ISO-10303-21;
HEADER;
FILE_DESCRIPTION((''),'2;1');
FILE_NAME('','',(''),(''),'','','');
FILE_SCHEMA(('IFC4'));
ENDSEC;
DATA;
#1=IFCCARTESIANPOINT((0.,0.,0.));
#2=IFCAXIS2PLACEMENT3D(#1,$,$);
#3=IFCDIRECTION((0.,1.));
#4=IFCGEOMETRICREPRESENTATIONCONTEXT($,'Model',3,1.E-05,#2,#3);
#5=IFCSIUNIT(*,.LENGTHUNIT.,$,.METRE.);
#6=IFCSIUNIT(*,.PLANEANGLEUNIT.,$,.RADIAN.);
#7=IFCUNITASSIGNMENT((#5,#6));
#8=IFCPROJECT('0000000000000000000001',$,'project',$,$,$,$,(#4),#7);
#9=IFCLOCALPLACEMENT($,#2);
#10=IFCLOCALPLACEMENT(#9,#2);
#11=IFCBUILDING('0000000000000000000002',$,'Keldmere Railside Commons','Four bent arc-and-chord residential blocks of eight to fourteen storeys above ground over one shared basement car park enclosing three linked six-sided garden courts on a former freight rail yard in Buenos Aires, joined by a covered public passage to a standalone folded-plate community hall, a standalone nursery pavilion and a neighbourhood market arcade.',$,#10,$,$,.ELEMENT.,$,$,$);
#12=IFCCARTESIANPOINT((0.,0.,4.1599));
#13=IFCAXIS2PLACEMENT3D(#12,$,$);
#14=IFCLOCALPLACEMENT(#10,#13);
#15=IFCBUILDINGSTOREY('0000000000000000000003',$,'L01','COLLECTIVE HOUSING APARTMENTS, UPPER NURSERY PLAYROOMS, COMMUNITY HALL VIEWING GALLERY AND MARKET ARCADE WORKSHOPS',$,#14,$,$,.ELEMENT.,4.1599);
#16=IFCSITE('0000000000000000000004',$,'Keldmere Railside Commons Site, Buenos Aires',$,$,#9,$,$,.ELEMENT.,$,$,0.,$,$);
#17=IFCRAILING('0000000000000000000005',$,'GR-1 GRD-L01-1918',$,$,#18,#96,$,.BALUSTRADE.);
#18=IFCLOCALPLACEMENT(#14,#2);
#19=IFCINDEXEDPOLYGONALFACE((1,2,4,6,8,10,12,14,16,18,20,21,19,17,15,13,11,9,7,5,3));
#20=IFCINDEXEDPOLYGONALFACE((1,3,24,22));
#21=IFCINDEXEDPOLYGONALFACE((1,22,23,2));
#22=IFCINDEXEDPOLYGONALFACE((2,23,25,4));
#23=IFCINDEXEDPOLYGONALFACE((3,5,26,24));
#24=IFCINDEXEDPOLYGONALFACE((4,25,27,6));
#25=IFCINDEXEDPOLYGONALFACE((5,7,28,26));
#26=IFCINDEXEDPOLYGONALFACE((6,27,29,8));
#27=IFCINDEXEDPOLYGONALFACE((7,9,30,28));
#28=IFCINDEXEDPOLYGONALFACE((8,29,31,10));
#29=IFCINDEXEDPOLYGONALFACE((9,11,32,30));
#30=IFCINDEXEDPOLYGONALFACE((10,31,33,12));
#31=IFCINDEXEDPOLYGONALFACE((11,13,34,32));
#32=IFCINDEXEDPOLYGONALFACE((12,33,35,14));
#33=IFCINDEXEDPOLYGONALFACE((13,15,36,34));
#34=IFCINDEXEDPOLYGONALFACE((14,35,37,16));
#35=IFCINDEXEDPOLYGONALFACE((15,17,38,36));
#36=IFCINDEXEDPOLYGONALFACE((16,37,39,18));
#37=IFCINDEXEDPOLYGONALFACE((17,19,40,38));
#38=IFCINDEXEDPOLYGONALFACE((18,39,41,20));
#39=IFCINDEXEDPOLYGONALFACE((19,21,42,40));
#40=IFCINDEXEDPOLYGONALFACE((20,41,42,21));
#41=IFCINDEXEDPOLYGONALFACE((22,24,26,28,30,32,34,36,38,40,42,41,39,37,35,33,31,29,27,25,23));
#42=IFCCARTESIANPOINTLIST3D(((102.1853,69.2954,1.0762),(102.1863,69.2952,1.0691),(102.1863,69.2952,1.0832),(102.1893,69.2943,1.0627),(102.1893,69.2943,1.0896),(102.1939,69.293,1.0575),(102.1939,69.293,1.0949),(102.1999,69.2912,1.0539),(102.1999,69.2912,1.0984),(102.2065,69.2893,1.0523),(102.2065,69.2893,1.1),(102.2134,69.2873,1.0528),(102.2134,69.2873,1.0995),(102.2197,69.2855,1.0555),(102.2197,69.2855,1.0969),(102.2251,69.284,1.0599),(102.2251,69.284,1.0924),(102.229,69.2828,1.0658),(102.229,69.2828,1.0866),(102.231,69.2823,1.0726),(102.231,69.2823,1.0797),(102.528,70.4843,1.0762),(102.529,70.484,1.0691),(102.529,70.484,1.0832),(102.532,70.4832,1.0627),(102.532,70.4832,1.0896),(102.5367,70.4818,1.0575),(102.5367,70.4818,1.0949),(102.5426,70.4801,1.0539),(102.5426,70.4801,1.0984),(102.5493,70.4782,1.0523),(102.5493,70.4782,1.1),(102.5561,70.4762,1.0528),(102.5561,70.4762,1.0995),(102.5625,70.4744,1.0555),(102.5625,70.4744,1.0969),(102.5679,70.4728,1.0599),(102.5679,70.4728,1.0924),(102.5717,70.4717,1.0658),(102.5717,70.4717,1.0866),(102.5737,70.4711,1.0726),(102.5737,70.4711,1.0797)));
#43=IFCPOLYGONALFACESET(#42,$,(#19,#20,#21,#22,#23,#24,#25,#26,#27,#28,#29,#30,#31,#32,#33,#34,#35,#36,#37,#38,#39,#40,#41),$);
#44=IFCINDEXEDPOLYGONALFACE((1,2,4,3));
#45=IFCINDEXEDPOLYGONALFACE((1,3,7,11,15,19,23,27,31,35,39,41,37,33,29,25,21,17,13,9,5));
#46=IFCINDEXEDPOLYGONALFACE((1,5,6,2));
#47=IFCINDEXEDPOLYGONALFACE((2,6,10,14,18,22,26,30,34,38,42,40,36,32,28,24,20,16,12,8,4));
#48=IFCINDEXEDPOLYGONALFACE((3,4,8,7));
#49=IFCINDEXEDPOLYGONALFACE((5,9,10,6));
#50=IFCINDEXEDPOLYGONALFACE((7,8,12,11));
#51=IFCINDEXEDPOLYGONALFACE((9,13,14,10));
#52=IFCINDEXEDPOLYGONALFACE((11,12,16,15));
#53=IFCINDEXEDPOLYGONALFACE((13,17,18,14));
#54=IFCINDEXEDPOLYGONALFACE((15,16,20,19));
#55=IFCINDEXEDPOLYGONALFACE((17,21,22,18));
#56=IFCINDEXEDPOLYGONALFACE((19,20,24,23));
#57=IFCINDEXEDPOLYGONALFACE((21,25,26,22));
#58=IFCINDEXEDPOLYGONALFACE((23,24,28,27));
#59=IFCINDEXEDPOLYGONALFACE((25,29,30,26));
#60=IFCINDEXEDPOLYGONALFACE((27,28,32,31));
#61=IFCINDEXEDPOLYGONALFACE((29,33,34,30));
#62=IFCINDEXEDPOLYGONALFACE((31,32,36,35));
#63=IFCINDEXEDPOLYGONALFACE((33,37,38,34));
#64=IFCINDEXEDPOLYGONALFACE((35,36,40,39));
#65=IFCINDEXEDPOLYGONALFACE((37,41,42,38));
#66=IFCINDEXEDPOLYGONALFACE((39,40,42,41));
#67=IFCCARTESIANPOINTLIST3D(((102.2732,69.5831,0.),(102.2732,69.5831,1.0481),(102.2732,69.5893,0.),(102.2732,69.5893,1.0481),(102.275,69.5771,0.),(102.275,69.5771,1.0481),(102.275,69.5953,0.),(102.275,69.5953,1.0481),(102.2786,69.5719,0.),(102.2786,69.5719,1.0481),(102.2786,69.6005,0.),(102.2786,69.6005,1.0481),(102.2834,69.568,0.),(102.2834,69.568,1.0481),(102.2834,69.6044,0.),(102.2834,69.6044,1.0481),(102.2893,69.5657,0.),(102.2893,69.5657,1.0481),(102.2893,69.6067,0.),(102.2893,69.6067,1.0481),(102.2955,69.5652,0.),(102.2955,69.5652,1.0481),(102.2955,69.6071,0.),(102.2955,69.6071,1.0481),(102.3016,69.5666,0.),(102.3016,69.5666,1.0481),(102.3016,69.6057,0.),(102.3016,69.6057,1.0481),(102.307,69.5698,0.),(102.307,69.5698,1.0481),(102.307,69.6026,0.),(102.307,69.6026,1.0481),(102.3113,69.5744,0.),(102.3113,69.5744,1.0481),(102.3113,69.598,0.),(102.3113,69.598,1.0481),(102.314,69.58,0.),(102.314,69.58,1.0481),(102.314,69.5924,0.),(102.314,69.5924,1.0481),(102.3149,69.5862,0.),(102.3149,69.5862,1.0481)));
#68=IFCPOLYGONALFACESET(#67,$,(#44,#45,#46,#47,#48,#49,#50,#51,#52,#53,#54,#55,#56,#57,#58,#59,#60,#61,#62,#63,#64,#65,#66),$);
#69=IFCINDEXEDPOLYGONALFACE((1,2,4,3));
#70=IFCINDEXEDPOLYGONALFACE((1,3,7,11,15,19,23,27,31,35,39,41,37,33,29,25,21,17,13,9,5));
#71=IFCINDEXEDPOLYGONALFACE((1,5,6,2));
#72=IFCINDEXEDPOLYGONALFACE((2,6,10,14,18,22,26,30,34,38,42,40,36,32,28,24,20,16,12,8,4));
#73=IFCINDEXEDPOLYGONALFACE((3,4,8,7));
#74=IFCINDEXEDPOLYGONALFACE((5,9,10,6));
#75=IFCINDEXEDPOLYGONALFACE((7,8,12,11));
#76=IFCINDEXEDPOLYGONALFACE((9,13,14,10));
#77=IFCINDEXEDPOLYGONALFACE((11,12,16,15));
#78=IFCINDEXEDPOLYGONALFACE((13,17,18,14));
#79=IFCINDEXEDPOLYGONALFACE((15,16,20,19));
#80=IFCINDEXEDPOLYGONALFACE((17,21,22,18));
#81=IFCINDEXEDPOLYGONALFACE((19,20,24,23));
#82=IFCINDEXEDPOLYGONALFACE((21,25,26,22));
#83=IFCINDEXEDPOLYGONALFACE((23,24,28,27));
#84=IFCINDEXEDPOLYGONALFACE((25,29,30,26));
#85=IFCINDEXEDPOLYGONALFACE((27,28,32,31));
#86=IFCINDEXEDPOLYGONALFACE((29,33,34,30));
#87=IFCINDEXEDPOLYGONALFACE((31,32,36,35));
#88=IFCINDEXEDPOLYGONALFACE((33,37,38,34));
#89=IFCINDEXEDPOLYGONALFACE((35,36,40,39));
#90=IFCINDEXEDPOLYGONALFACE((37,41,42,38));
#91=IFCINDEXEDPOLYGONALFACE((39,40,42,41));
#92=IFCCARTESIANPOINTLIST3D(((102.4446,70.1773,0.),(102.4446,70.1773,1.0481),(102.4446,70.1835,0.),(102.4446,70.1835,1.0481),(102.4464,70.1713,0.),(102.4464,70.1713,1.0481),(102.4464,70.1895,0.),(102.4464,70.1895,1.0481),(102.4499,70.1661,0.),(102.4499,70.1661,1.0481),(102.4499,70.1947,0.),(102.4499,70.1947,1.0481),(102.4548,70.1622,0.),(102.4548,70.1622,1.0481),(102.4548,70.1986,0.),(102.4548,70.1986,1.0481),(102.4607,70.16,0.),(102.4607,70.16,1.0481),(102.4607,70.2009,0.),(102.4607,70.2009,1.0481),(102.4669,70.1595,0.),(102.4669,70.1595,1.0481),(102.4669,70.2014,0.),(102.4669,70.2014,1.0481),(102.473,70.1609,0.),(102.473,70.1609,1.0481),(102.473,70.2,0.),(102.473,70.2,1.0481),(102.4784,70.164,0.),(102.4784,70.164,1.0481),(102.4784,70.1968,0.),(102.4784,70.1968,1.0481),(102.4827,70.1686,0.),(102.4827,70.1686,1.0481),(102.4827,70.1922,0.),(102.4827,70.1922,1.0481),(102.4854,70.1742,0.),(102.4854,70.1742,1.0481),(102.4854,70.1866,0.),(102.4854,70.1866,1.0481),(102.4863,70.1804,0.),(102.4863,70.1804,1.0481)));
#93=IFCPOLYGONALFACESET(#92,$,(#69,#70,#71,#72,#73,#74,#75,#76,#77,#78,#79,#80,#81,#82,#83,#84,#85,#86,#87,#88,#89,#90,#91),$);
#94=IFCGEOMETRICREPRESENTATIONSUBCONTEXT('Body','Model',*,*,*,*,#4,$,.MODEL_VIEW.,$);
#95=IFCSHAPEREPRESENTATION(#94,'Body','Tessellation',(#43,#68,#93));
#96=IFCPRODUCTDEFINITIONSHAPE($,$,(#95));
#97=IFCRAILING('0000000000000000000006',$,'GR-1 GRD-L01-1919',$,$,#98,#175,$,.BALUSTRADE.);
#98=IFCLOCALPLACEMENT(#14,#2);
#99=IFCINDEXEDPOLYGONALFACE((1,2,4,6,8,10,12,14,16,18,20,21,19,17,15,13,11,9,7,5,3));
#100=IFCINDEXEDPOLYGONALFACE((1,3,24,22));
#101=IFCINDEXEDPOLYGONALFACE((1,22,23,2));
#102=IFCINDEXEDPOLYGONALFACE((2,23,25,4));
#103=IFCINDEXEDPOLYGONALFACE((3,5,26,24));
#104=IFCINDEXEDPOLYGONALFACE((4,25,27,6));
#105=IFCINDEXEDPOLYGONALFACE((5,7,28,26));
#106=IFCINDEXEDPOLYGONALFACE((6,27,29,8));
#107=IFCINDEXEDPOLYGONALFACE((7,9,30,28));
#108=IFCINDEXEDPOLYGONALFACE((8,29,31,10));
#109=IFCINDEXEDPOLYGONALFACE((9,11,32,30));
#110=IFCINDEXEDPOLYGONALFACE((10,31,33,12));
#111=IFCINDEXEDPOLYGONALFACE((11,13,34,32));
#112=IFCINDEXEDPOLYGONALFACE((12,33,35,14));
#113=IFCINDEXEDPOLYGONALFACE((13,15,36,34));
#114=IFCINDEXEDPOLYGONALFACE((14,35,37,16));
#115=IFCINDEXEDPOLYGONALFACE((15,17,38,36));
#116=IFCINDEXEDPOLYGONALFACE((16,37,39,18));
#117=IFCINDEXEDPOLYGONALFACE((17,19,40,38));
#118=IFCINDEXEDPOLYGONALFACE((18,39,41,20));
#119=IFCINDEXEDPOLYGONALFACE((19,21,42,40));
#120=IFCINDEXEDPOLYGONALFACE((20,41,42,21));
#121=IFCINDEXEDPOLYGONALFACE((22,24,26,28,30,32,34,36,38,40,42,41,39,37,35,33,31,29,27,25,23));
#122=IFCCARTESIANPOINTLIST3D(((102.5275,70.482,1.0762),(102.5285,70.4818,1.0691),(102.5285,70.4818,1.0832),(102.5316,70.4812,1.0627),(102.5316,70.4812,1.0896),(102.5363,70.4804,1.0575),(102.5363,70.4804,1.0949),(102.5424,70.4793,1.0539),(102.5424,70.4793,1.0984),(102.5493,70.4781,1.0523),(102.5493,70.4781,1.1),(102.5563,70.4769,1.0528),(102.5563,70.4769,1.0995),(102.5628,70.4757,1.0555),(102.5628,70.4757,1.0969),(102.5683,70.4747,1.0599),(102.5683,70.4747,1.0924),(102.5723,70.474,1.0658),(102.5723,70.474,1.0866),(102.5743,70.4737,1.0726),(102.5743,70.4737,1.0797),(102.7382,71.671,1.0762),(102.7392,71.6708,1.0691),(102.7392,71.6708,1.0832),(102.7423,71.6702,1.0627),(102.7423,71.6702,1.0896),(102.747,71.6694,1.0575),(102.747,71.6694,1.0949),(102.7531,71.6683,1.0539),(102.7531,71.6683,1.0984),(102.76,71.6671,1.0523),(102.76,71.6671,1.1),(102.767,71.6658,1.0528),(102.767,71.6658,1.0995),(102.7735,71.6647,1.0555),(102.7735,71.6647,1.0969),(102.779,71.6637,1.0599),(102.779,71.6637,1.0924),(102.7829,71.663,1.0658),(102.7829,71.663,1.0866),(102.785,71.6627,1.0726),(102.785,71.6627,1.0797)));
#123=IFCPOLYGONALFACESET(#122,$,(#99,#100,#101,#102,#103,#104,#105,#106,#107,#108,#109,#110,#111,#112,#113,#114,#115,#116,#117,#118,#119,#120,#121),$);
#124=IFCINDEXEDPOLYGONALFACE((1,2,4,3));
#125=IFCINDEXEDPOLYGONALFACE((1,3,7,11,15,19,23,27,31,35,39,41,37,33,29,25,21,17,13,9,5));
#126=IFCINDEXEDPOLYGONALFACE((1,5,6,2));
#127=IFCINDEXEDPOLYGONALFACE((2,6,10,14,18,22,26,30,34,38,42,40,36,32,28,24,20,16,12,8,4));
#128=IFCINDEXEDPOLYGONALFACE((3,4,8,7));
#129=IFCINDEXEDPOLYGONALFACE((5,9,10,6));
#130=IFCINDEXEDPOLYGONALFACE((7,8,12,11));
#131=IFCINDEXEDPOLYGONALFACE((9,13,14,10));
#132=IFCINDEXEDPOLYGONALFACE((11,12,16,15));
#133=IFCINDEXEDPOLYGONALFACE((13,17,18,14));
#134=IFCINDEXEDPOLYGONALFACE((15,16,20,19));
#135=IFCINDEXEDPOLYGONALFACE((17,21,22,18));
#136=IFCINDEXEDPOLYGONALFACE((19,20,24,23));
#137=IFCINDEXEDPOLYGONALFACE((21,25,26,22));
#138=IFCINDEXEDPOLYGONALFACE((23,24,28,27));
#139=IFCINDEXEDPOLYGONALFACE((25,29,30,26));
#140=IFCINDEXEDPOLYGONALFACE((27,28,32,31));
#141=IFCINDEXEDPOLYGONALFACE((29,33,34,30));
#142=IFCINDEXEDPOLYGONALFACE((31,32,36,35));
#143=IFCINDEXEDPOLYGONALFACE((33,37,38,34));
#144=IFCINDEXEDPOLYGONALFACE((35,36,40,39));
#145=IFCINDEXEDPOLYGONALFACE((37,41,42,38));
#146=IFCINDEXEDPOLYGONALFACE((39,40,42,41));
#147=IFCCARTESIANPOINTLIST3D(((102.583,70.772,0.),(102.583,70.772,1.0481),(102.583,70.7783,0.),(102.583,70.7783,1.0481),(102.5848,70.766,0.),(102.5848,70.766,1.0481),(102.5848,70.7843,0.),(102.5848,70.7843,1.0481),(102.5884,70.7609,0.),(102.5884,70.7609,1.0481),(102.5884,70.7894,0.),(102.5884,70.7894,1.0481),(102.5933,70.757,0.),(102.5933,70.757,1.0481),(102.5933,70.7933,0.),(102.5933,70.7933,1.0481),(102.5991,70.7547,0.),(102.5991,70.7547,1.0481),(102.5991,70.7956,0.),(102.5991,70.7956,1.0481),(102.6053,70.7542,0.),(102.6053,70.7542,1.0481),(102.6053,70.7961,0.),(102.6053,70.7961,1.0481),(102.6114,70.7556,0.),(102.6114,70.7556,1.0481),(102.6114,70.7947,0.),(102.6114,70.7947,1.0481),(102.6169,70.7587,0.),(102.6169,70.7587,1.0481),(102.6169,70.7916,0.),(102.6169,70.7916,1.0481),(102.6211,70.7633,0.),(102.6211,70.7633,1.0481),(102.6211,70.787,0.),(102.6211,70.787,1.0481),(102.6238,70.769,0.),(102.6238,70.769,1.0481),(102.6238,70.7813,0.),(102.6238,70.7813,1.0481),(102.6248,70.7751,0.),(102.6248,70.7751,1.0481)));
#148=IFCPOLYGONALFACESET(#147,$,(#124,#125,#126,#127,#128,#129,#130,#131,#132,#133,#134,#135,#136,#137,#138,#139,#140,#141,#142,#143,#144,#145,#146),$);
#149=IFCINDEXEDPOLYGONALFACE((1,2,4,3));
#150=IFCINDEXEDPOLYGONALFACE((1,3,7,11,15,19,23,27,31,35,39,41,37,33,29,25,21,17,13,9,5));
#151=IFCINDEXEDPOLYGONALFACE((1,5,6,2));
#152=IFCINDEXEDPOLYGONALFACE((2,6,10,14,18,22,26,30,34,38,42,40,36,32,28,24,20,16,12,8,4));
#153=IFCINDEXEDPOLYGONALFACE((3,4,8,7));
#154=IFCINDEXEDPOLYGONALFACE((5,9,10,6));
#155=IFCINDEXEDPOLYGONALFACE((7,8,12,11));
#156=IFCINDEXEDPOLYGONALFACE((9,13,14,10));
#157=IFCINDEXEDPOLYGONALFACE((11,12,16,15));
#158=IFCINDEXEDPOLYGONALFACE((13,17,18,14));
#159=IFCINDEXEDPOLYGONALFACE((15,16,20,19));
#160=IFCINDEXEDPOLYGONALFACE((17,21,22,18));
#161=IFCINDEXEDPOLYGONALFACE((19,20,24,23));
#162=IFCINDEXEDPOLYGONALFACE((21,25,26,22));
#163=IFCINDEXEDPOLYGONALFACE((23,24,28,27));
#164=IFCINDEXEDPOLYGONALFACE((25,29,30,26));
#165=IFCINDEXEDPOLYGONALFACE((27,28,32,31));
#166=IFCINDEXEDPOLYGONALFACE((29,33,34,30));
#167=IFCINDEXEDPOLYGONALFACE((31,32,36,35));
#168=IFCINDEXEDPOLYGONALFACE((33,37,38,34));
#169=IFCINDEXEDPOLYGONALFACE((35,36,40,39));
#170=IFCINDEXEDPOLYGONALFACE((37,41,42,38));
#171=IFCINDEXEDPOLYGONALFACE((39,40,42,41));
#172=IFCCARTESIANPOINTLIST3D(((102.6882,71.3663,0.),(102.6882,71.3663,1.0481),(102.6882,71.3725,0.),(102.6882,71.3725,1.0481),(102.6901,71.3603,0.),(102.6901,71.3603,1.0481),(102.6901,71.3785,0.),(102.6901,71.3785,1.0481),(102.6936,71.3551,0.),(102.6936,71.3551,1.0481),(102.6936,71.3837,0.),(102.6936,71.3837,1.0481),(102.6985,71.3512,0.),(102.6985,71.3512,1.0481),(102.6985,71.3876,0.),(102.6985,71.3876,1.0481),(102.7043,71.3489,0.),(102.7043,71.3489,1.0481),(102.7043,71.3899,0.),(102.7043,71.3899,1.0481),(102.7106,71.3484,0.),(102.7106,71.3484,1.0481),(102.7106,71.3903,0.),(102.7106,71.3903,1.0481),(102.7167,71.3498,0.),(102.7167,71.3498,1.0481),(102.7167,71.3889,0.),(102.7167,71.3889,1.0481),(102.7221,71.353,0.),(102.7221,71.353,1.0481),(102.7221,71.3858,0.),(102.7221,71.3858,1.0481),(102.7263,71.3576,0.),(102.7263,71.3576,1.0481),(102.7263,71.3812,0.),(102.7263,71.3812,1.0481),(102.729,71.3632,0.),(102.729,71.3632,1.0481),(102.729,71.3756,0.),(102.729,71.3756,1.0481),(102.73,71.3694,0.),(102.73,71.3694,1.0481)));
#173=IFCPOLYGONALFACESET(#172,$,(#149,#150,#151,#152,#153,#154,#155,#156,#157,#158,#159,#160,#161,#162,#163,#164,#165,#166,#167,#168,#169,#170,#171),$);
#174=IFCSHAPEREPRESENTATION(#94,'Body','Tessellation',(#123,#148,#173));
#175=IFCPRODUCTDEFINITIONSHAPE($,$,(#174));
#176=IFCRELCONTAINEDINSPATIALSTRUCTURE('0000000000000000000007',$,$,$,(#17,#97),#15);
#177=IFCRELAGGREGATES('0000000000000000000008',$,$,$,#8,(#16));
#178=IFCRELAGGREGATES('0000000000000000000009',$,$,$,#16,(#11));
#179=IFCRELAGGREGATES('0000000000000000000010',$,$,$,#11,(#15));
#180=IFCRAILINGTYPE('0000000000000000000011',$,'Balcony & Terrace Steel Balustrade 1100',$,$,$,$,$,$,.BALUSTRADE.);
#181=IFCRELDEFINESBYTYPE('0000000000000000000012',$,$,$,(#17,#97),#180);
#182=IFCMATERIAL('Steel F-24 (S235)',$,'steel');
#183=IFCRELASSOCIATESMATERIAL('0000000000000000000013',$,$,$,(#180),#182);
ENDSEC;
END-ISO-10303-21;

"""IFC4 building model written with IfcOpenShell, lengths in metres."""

from ifc_helpers import new_model, si_unit, direction, frame, origin, origin_2d, place, context, subcontext, project, spatial, circle, extrude, material, type_object, element, save


model = new_model("IFC4")

# Units and contexts
model_context = context("Model", 3, precision=1e-05, world=origin(), true_north=direction((0.0, 1.0)))
body_context = subcontext(model_context, "Body", "Model", "MODEL_VIEW")
ifc_project = project(units=[si_unit("LENGTHUNIT", "METRE"), si_unit("PLANEANGLEUNIT", "RADIAN")], contexts=[model_context])

# Site, building, storey
site_placement = place(None, origin())
site = spatial("IfcSite", under=ifc_project, at=site_placement, Name="Keldmere Railside Commons Site, Buenos Aires", CompositionType="ELEMENT", RefElevation=0.0)
building_placement = place(site_placement, origin())
building = spatial("IfcBuilding", under=site, at=building_placement, Name="Keldmere Railside Commons", Description="Four bent arc-and-chord residential blocks of eight to fourteen storeys above ground over one shared basement car park enclosing three linked six-sided garden courts on a former freight rail yard in Buenos Aires, joined by a covered public passage to a standalone folded-plate community hall, a standalone nursery pavilion and a neighbourhood market arcade.", CompositionType="ELEMENT")
storey_placement = place(building_placement, frame((0.0, 0.0, 4.1599)))
storey = spatial("IfcBuildingStorey", under=building, at=storey_placement, Name="L01", Description="COLLECTIVE HOUSING APARTMENTS, UPPER NURSERY PLAYROOMS, COMMUNITY HALL VIEWING GALLERY AND MARKET ARCADE WORKSHOPS", CompositionType="ELEMENT", Elevation=4.1599)

# Railings
ifc_material_1 = material(Name="Steel F-24 (S235)", Category="steel")
railing_type_1 = type_object("IfcRailingType", Name="Balcony & Terrace Steel Balustrade 1100", PredefinedType="BALUSTRADE", material=ifc_material_1)
railing_1_placement = place(storey_placement, frame((102.2083, 69.2888, 0.0)))
element("IfcRailing", 1, at=railing_1_placement, inside=storey, type_object=railing_type_1, Name="GR-1 GRD-L01-1918", PredefinedType="BALUSTRADE", context=body_context, shape_type="SweptSolid", body=[
    extrude(circle(Radius=0.0239, at=origin_2d()), frame((0.0, 0.0, 1.0762), z_axis=(0.277014, 0.960866, 0.0), x_axis=(-0.960866, 0.277014, 0.0)), (0.0, 0.0, 1.0), 1.2373),
    extrude(circle(Radius=0.021, at=origin_2d()), frame((0.0857, 0.2974, 0.0)), (0.0, 0.0, 1.0), 1.0481),
    extrude(circle(Radius=0.021, at=origin_2d()), frame((0.2571, 0.8916, 0.0)), (0.0, 0.0, 1.0), 1.0481),
])
railing_2_placement = place(storey_placement, frame((102.551, 70.4778, 0.0)))
element("IfcRailing", 2, at=railing_2_placement, inside=storey, type_object=railing_type_1, Name="GR-1 GRD-L01-1919", PredefinedType="BALUSTRADE", context=body_context, shape_type="SweptSolid", body=[
    extrude(circle(Radius=0.0239, at=origin_2d()), frame((0.0, 0.0, 1.0762), z_axis=(0.174489, 0.984659, 0.0), x_axis=(-0.984659, 0.174489, 0.0)), (0.0, 0.0, 1.0), 1.2075),
    extrude(circle(Radius=0.021, at=origin_2d()), frame((0.0527, 0.2974, 0.0)), (0.0, 0.0, 1.0), 1.0481),
    extrude(circle(Radius=0.021, at=origin_2d()), frame((0.158, 0.8916, 0.0)), (0.0, 0.0, 1.0), 1.0481),
])

save(model, "model.ifc")
